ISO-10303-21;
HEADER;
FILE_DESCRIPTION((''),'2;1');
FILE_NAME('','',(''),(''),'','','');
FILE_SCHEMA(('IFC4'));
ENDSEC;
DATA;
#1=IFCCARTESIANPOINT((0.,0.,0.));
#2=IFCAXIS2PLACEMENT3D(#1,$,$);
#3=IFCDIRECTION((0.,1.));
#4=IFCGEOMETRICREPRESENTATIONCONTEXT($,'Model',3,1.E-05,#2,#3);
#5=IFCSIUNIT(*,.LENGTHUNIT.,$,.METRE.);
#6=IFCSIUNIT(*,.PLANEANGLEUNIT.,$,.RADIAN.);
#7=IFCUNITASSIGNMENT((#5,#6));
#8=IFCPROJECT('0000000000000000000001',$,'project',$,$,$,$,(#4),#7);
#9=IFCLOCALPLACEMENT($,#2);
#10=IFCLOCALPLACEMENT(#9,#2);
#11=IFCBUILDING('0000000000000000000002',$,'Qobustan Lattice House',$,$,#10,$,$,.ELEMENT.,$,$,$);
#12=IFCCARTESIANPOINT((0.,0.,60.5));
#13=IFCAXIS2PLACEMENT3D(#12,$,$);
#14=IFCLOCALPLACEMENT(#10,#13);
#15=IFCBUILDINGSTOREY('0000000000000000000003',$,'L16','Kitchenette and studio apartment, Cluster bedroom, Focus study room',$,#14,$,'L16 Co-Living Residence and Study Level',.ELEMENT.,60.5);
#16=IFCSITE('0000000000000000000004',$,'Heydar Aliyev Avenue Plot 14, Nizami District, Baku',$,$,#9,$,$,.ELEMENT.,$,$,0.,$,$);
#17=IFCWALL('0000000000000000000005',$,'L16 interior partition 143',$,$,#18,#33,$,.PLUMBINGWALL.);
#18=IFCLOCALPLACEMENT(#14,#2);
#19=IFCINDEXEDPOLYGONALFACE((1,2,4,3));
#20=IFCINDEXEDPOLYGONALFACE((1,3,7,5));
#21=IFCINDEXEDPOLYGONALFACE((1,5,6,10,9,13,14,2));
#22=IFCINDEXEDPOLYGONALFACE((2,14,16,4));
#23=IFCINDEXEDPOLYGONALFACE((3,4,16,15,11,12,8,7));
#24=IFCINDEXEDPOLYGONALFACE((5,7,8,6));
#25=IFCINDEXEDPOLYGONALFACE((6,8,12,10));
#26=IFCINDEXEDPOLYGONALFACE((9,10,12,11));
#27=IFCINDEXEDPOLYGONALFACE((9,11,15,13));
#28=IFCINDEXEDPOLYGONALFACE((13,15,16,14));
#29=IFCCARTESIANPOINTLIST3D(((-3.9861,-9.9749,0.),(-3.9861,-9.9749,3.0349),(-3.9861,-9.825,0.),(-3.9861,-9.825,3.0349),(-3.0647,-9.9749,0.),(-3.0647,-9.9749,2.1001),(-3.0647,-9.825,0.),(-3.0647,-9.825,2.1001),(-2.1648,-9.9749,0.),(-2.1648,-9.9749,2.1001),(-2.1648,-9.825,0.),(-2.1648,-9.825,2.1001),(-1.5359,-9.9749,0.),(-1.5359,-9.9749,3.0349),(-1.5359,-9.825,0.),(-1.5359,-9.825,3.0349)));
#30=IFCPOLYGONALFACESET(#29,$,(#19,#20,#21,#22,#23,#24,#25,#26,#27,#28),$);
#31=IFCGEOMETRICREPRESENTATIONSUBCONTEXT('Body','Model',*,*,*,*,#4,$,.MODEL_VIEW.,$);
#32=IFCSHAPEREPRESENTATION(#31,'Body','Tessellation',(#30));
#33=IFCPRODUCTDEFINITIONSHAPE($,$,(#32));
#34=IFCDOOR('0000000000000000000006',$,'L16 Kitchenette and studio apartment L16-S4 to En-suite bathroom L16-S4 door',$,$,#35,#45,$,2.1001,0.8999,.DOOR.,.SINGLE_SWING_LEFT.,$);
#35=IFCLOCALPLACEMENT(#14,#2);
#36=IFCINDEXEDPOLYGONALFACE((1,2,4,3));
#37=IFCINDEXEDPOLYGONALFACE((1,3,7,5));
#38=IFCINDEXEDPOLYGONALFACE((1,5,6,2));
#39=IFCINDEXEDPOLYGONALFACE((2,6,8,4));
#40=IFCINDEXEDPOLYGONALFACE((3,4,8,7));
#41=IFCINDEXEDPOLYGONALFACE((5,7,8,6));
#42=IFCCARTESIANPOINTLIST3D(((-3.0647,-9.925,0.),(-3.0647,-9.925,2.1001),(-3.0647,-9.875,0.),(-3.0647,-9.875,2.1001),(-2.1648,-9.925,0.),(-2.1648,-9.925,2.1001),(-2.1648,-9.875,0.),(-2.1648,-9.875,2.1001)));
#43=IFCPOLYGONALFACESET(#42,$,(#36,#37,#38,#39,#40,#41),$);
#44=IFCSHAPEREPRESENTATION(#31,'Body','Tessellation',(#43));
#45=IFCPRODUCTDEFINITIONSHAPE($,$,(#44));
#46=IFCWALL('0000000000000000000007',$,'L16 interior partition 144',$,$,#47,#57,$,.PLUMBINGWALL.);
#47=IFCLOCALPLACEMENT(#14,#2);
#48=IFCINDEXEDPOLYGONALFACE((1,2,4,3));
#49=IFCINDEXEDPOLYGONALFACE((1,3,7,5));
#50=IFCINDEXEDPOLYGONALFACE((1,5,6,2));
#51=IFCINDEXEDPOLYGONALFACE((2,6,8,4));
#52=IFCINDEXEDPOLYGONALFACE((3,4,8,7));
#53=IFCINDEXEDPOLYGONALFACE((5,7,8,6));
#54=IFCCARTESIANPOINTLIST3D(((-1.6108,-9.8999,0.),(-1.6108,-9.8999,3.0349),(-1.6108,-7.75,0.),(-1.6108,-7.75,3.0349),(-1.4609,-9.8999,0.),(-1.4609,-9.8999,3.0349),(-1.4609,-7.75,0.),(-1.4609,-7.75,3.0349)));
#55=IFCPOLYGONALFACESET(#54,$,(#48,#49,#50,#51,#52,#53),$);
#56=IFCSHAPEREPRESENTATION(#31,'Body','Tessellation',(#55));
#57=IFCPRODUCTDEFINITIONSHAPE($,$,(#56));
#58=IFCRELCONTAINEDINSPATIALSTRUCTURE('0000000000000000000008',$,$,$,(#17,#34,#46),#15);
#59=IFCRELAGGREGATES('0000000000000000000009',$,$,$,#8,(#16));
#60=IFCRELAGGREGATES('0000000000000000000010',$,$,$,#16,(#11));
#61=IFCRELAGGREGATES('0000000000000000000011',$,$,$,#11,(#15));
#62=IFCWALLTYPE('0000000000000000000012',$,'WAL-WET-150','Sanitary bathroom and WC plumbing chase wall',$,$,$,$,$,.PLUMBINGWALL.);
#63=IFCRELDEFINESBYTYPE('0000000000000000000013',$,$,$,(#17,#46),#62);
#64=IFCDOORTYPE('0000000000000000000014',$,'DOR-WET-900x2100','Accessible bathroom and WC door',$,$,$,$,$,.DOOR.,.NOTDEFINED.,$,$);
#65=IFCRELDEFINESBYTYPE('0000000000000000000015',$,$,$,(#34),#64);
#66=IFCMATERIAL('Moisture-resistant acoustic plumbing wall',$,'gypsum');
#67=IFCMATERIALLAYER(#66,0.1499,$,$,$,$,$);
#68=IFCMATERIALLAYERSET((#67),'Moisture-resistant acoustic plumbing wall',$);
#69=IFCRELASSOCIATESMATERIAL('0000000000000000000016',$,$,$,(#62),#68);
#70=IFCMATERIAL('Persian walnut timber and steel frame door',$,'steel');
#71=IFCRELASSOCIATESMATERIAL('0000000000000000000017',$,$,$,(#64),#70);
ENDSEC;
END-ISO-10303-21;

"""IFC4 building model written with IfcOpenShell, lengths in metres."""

from ifc_helpers import new_model, si_unit, direction, frame, frame_2d, origin, place, context, subcontext, project, spatial, rectangle, extrude, material, layer, layer_set, type_object, element, fill, save


model = new_model("IFC4")

# Units and contexts
model_context = context("Model", 3, precision=1e-05, world=origin(), true_north=direction((0.0, 1.0)))
body_context = subcontext(model_context, "Body", "Model", "MODEL_VIEW")
ifc_project = project(units=[si_unit("LENGTHUNIT", "METRE"), si_unit("PLANEANGLEUNIT", "RADIAN")], contexts=[model_context])

# Site, building, storey
site_placement = place(None, origin())
site = spatial("IfcSite", under=ifc_project, at=site_placement, Name="Heydar Aliyev Avenue Plot 14, Nizami District, Baku", CompositionType="ELEMENT", RefElevation=0.0)
building_placement = place(site_placement, origin())
building = spatial("IfcBuilding", under=site, at=building_placement, Name="Qobustan Lattice House", CompositionType="ELEMENT")
storey_placement = place(building_placement, frame((0.0, 0.0, 60.5)))
storey = spatial("IfcBuildingStorey", under=building, at=storey_placement, Name="L16", Description="Kitchenette and studio apartment, Cluster bedroom, Focus study room", LongName="L16 Co-Living Residence and Study Level", CompositionType="ELEMENT", Elevation=60.5)

# Shared definitions
ifc_material_1 = material(Name="Moisture-resistant acoustic plumbing wall", Category="gypsum")
ifc_layer_1 = layer(ifc_material_1, 0.1499)
ifc_layer_set_1 = layer_set([ifc_layer_1], Name="Moisture-resistant acoustic plumbing wall")
wall_type_1 = type_object("IfcWallType", Name="WAL-WET-150", Description="Sanitary bathroom and WC plumbing chase wall", PredefinedType="PLUMBINGWALL", material=ifc_layer_set_1)

# Shared definitions
ifc_material_2 = material(Name="Persian walnut timber and steel frame door", Category="steel")
door_type_1 = type_object("IfcDoorType", Name="DOR-WET-900x2100", Description="Accessible bathroom and WC door", OperationType="NOTDEFINED", PredefinedType="DOOR", material=ifc_material_2)

# Wall, opening, door
wall_1_placement = place(storey_placement, frame((-3.9861, -9.8999, 0.0), z_axis=(0.0, 0.0, 1.0), x_axis=(1.0, 0.0, 0.0)))
wall_1 = element("IfcWall", 1, at=wall_1_placement, inside=storey, type_object=wall_type_1, Name="L16 interior partition 143", PredefinedType="PLUMBINGWALL", context=body_context, shape_type="SweptSolid", body=[
    extrude(rectangle(XDim=2.4502, YDim=0.1499, at=frame_2d((1.2251, 0.0))), origin(), (0.0, 0.0, 1.0), 3.0349),
])
opening_1_placement = place(wall_1_placement, frame((0.9214, 0.0, 0.0)))
opening_1 = element("IfcOpeningElement", 2, at=opening_1_placement, cuts=wall_1, PredefinedType="OPENING", context=body_context, shape_type="SweptSolid", body=[
    extrude(rectangle(XDim=0.8999, YDim=2.1001, at=frame_2d((0.45, 1.05))), frame((0.0, 0.085, 0.0), z_axis=(0.0, -1.0, 0.0), x_axis=(1.0, 0.0, 0.0)), (0.0, 0.0, 1.0), 0.1699),
])
door_1_placement = place(opening_1_placement, origin())
door_1 = element("IfcDoor", 3, at=door_1_placement, inside=storey, type_object=door_type_1, Name="L16 Kitchenette and studio apartment L16-S4 to En-suite bathroom L16-S4 door", OperationType="SINGLE_SWING_LEFT", OverallHeight=2.1001, OverallWidth=0.8999, PredefinedType="DOOR", context=body_context, shape_type="SweptSolid", body=[
    extrude(rectangle(XDim=0.8999, YDim=2.1001, at=frame_2d((0.45, 1.05))), frame((0.0, 0.0249, 0.0), z_axis=(0.0, -1.0, 0.0), x_axis=(1.0, 0.0, 0.0)), (0.0, 0.0, 1.0), 0.05),
])
fill(opening_1, door_1)

# Wall
wall_2_placement = place(storey_placement, frame((-1.5359, -9.8999, 0.0), z_axis=(0.0, 0.0, 1.0), x_axis=(0.0, 1.0, 0.0)))
element("IfcWall", 4, at=wall_2_placement, inside=storey, type_object=wall_type_1, Name="L16 interior partition 144", PredefinedType="PLUMBINGWALL", context=body_context, shape_type="SweptSolid", body=[
    extrude(rectangle(XDim=2.1499, YDim=0.1499, at=frame_2d((1.075, 0.0))), origin(), (0.0, 0.0, 1.0), 3.0349),
])

save(model, "model.ifc")
